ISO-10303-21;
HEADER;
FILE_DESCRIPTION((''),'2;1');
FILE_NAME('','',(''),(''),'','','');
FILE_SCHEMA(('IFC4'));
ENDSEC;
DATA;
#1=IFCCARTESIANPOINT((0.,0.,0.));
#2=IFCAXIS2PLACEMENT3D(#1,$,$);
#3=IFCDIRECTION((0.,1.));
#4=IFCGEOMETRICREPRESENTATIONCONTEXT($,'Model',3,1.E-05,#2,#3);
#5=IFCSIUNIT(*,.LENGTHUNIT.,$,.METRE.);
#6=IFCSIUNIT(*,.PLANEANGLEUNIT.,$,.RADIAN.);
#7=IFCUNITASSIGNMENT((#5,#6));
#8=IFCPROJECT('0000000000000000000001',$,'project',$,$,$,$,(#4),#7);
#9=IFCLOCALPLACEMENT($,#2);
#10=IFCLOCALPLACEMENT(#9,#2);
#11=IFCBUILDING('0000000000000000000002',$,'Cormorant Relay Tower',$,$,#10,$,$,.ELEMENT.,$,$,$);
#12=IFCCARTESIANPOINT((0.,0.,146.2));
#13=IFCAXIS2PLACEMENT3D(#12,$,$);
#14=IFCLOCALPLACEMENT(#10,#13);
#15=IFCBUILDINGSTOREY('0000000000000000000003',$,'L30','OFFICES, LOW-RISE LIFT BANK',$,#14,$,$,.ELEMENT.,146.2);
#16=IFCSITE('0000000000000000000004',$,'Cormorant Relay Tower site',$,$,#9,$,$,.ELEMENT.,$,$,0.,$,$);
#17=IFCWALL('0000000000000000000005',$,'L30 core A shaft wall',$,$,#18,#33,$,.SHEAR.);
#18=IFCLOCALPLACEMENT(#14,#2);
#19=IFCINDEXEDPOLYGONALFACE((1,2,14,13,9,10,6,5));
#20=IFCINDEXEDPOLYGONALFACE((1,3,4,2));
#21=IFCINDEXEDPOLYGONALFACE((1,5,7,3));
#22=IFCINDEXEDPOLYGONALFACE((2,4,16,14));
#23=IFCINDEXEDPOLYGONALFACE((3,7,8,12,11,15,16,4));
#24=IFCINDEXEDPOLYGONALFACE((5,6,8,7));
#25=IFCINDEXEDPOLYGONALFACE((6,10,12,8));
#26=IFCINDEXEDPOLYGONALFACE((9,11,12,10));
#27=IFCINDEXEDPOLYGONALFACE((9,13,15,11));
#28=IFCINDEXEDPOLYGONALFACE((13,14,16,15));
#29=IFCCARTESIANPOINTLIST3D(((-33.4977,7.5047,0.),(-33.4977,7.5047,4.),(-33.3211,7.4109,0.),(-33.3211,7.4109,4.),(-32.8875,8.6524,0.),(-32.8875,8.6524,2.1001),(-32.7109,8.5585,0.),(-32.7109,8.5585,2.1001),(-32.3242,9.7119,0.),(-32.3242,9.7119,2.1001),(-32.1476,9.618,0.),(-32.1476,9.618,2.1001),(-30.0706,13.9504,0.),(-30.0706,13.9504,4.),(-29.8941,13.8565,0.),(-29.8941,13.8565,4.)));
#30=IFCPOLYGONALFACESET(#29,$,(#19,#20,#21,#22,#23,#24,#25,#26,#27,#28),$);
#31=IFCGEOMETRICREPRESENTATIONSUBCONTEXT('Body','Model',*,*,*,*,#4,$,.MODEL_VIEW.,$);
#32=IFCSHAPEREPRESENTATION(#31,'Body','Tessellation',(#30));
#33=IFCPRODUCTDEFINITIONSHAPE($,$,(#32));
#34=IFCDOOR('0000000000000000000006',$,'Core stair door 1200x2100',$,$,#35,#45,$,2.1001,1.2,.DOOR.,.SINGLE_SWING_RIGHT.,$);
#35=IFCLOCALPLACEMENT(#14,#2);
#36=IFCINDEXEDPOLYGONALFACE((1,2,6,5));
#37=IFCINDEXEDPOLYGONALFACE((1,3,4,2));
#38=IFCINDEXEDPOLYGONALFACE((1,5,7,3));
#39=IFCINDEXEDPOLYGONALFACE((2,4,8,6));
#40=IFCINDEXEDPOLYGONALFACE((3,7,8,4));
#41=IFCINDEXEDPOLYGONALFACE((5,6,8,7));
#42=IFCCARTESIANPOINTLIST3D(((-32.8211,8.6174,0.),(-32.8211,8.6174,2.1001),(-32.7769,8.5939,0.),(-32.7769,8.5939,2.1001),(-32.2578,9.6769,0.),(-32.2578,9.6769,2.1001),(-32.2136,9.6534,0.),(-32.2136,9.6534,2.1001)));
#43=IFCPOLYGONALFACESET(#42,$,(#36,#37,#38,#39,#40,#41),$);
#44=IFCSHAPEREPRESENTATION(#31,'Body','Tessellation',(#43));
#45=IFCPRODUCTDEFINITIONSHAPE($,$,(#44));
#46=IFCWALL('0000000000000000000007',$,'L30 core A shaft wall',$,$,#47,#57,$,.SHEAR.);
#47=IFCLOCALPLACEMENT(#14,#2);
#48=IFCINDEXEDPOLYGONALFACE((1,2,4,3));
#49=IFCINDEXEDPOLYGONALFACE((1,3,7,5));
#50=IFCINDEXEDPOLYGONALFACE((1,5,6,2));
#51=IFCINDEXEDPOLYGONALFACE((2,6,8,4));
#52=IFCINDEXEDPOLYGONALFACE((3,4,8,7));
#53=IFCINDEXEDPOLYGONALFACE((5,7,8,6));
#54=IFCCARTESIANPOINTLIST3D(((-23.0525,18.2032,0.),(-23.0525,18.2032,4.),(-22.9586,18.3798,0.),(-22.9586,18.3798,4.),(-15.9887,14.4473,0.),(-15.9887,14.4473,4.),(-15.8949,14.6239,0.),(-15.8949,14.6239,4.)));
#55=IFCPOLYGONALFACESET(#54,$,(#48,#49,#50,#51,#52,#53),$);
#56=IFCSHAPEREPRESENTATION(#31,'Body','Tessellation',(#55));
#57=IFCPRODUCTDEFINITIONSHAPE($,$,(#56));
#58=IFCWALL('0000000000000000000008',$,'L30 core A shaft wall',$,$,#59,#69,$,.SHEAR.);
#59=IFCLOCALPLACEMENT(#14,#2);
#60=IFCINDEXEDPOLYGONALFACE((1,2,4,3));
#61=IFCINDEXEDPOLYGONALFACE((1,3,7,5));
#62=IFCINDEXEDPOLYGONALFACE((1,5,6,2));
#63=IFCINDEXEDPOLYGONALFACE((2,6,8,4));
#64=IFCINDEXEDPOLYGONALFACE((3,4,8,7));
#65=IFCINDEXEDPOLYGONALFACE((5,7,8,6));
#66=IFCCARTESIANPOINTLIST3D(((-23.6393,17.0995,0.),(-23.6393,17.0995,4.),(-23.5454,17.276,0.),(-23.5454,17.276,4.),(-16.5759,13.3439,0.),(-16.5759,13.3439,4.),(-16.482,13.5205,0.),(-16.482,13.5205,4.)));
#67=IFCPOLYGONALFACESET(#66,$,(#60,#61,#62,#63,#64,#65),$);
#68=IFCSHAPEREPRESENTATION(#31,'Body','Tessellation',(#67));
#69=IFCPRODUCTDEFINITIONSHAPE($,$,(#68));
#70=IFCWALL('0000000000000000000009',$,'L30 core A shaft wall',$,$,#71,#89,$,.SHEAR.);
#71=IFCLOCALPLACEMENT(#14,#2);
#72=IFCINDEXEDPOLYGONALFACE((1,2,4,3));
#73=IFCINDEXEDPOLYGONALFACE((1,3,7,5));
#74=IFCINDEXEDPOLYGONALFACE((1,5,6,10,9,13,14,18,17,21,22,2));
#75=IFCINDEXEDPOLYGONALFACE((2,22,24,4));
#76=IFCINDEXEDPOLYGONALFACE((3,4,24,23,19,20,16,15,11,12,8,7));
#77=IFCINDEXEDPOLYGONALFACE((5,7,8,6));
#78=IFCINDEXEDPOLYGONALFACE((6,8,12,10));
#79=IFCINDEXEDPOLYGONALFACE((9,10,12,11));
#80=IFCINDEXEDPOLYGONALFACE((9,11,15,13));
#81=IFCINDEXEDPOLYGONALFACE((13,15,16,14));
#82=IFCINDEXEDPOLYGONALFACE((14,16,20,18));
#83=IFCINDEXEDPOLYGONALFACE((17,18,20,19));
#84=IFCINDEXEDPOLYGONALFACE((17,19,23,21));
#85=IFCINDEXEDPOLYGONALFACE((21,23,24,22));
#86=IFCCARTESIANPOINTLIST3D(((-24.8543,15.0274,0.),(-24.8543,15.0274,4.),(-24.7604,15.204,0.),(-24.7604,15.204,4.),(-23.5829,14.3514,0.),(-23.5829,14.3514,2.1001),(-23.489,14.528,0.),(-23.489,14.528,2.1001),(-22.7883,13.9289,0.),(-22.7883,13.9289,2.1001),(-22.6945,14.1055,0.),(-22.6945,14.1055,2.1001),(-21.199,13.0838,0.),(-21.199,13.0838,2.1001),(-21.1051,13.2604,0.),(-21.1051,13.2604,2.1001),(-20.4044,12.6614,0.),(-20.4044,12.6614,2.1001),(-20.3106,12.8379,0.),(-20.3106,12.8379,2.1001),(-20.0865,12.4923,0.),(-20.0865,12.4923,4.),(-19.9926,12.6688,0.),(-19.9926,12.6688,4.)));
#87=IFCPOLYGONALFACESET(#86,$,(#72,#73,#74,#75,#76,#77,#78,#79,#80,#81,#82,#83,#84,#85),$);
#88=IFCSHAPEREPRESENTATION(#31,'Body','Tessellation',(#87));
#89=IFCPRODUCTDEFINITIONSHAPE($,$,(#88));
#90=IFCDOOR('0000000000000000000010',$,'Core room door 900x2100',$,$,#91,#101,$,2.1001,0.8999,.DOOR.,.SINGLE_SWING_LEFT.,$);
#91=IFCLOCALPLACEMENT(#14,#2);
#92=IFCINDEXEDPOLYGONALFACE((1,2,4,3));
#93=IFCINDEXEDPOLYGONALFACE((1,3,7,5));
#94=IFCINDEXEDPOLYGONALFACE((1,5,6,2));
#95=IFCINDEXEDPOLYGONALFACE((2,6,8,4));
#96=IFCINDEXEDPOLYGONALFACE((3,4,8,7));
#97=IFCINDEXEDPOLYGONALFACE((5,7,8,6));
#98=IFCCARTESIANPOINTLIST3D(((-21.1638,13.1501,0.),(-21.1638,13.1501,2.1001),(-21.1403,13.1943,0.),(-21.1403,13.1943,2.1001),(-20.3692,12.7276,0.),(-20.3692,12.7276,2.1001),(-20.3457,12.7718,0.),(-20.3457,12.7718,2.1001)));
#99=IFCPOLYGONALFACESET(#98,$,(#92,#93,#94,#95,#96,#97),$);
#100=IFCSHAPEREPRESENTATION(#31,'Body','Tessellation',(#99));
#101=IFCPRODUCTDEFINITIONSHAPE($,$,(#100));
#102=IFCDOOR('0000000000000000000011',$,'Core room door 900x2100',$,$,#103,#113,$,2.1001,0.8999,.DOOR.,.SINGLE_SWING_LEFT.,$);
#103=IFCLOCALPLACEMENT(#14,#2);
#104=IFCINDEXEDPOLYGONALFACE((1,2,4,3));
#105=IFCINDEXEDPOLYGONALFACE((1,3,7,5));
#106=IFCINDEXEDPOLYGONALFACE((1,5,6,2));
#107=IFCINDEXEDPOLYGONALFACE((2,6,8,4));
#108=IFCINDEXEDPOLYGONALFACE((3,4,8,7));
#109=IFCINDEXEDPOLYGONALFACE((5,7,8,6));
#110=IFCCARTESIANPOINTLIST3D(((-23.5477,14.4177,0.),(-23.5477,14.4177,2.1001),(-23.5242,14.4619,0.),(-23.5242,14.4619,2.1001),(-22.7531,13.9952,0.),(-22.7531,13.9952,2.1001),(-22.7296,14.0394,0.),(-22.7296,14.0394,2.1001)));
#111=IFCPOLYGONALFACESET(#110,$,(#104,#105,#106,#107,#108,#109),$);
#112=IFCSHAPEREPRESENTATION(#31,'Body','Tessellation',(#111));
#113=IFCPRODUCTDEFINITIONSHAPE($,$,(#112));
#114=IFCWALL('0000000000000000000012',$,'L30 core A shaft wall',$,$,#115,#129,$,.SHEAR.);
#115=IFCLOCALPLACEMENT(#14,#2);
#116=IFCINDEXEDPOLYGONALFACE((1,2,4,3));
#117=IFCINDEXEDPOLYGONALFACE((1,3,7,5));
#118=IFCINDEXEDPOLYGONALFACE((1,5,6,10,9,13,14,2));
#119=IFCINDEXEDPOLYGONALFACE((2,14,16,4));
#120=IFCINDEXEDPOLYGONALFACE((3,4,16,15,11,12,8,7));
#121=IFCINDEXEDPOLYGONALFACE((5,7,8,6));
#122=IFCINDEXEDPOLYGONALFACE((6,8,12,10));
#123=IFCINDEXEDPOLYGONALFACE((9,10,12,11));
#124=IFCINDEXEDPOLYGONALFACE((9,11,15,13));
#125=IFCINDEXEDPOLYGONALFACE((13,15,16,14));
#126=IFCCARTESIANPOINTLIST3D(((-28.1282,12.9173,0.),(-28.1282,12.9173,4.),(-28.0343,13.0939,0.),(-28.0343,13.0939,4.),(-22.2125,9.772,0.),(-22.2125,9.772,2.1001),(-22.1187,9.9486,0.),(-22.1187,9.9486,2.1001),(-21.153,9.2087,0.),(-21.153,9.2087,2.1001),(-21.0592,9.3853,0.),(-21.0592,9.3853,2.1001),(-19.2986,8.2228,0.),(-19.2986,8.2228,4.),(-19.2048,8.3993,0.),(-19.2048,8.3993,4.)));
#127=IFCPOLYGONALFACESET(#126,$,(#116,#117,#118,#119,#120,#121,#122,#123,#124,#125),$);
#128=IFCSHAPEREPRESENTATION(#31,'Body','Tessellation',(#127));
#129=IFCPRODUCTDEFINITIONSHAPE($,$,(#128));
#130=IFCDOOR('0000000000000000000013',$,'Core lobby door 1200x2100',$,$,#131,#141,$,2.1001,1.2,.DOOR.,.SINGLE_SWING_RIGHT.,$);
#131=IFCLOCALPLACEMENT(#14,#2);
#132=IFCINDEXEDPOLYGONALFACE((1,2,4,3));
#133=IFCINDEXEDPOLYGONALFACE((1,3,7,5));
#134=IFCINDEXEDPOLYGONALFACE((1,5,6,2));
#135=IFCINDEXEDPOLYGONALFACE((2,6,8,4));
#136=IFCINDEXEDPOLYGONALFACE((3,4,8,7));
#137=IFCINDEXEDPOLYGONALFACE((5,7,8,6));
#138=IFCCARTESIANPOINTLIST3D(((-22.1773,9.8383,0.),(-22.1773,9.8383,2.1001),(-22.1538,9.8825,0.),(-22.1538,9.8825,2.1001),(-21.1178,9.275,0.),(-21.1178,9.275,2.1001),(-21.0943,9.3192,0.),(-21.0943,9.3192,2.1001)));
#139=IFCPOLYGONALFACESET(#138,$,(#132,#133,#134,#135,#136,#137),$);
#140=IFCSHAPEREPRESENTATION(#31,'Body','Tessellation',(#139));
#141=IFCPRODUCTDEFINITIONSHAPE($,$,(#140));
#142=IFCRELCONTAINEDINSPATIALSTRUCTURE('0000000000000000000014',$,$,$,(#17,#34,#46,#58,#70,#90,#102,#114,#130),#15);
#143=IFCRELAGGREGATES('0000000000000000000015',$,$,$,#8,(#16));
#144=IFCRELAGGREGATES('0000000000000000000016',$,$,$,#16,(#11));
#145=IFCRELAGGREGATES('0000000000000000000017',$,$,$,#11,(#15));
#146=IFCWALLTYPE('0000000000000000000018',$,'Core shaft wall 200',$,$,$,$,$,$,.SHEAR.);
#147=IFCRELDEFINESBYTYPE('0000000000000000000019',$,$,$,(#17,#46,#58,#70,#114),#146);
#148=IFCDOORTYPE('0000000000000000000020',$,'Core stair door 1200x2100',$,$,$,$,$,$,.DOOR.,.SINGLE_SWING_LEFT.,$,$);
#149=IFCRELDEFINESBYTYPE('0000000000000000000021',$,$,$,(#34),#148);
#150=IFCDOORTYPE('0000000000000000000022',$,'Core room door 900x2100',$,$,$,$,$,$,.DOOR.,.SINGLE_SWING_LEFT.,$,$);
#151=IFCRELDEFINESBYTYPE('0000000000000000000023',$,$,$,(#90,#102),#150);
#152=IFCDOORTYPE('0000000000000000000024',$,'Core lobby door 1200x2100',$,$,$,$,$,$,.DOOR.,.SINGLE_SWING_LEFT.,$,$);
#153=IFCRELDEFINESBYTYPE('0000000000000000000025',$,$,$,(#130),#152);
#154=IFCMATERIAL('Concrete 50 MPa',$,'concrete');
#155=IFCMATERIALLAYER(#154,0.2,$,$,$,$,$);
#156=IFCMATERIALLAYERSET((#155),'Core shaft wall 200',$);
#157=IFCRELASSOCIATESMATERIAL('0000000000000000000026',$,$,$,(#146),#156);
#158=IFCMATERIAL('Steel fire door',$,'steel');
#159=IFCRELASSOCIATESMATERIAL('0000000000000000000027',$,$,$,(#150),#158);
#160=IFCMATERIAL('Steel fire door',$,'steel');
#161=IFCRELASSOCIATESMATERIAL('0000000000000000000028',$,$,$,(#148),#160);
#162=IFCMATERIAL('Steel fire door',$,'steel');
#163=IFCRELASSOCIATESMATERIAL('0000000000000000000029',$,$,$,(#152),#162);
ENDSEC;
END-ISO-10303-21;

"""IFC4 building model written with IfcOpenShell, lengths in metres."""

from ifc_helpers import new_model, si_unit, direction, frame, frame_2d, origin, place, context, subcontext, project, spatial, rectangle, extrude, material, layer, layer_set, type_object, element, fill, save


model = new_model("IFC4")

# Units and contexts
model_context = context("Model", 3, precision=1e-05, world=origin(), true_north=direction((0.0, 1.0)))
body_context = subcontext(model_context, "Body", "Model", "MODEL_VIEW")
ifc_project = project(units=[si_unit("LENGTHUNIT", "METRE"), si_unit("PLANEANGLEUNIT", "RADIAN")], contexts=[model_context])

# Site, building, storey
site_placement = place(None, origin())
site = spatial("IfcSite", under=ifc_project, at=site_placement, Name="Cormorant Relay Tower site", CompositionType="ELEMENT", RefElevation=0.0)
building_placement = place(site_placement, origin())
building = spatial("IfcBuilding", under=site, at=building_placement, Name="Cormorant Relay Tower", CompositionType="ELEMENT")
storey_placement = place(building_placement, frame((0.0, 0.0, 146.2)))
storey = spatial("IfcBuildingStorey", under=building, at=storey_placement, Name="L30", Description="OFFICES, LOW-RISE LIFT BANK", CompositionType="ELEMENT", Elevation=146.2)

# Shared definitions
ifc_material_1 = material(Name="Concrete 50 MPa", Category="concrete")
ifc_layer_1 = layer(ifc_material_1, 0.2)
ifc_layer_set_1 = layer_set([ifc_layer_1], Name="Core shaft wall 200")
wall_type_1 = type_object("IfcWallType", Name="Core shaft wall 200", PredefinedType="SHEAR", material=ifc_layer_set_1)

# Shared definitions
ifc_material_2 = material(Name="Steel fire door", Category="steel")
door_type_1 = type_object("IfcDoorType", Name="Core room door 900x2100", OperationType="SINGLE_SWING_LEFT", PredefinedType="DOOR", material=ifc_material_2)

# Wall, opening, door
wall_1_placement = place(storey_placement, frame((-29.9824, 13.9033, 0.0), z_axis=(0.0, 0.0, 1.0), x_axis=(-0.469454, -0.882957, 0.0)))
wall_1 = element("IfcWall", 1, at=wall_1_placement, inside=storey, type_object=wall_type_1, Name="L30 core A shaft wall", PredefinedType="SHEAR", context=body_context, shape_type="SweptSolid", body=[
    extrude(rectangle(XDim=7.3, YDim=0.2, at=frame_2d((3.6499, 0.0))), origin(), (0.0, 0.0, 1.0), 4.0),
])
opening_1_placement = place(wall_1_placement, frame((4.8, 0.0, 0.0)))
opening_1 = element("IfcOpeningElement", 2, at=opening_1_placement, cuts=wall_1, PredefinedType="OPENING", context=body_context, shape_type="SweptSolid", body=[
    extrude(rectangle(XDim=1.2, YDim=2.1001, at=frame_2d((0.6001, 1.05))), frame((0.0, 0.1099, 0.0), z_axis=(0.0, -1.0, 0.0), x_axis=(1.0, 0.0, 0.0)), (0.0, 0.0, 1.0), 0.22),
])
ifc_material_3 = material(Name="Steel fire door", Category="steel")
door_type_2 = type_object("IfcDoorType", Name="Core stair door 1200x2100", OperationType="SINGLE_SWING_LEFT", PredefinedType="DOOR", material=ifc_material_3)
door_1_placement = place(opening_1_placement, frame((1.2, 0.0, 0.0), z_axis=(0.0, 0.0, 1.0), x_axis=(-1.0, 0.0, 0.0)))
door_1 = element("IfcDoor", 3, at=door_1_placement, inside=storey, type_object=door_type_2, Name="Core stair door 1200x2100", OperationType="SINGLE_SWING_RIGHT", OverallHeight=2.1001, OverallWidth=1.2, PredefinedType="DOOR", context=body_context, shape_type="SweptSolid", body=[
    extrude(rectangle(XDim=1.2, YDim=2.1001, at=frame_2d((0.6001, 1.05))), frame((0.0, 0.0249, 0.0), z_axis=(0.0, -1.0, 0.0), x_axis=(1.0, 0.0, 0.0)), (0.0, 0.0, 1.0), 0.05),
])
fill(opening_1, door_1)

# Walls
wall_2_placement = place(storey_placement, frame((-15.9419, 14.5356, 0.0), z_axis=(0.0, 0.0, 1.0), x_axis=(-0.882947, 0.469473, 0.0)))
element("IfcWall", 4, at=wall_2_placement, inside=storey, type_object=wall_type_1, Name="L30 core A shaft wall", PredefinedType="SHEAR", context=body_context, shape_type="SweptSolid", body=[
    extrude(rectangle(XDim=8.0002, YDim=0.2, at=frame_2d((4.0, 0.0))), origin(), (0.0, 0.0, 1.0), 4.0),
])
wall_3_placement = place(storey_placement, frame((-16.5288, 13.4321, 0.0), z_axis=(0.0, 0.0, 1.0), x_axis=(-0.882953, 0.469462, 0.0)))
element("IfcWall", 5, at=wall_3_placement, inside=storey, type_object=wall_type_1, Name="L30 core A shaft wall", PredefinedType="SHEAR", context=body_context, shape_type="SweptSolid", body=[
    extrude(rectangle(XDim=7.9998, YDim=0.2, at=frame_2d((4.0, 0.0))), origin(), (0.0, 0.0, 1.0), 4.0),
])

# Wall, openings, doors
wall_4_placement = place(storey_placement, frame((-20.0396, 12.5806, 0.0), z_axis=(0.0, 0.0, 1.0), x_axis=(-0.882943, 0.46948, 0.0)))
wall_4 = element("IfcWall", 6, at=wall_4_placement, inside=storey, type_object=wall_type_1, Name="L30 core A shaft wall", PredefinedType="SHEAR", context=body_context, shape_type="SweptSolid", body=[
    extrude(rectangle(XDim=5.3999, YDim=0.2, at=frame_2d((2.7, 0.0))), origin(), (0.0, 0.0, 1.0), 4.0),
])
opening_2_placement = place(wall_4_placement, frame((0.3601, 0.0, 0.0)))
opening_2 = element("IfcOpeningElement", 7, at=opening_2_placement, cuts=wall_4, PredefinedType="OPENING", context=body_context, shape_type="SweptSolid", body=[
    extrude(rectangle(XDim=0.8999, YDim=2.1001, at=frame_2d((0.45, 1.05))), frame((0.0, 0.1099, 0.0), z_axis=(0.0, -1.0, 0.0), x_axis=(1.0, 0.0, 0.0)), (0.0, 0.0, 1.0), 0.22),
])
opening_3_placement = place(wall_4_placement, frame((3.0601, 0.0, 0.0)))
opening_3 = element("IfcOpeningElement", 8, at=opening_3_placement, cuts=wall_4, PredefinedType="OPENING", context=body_context, shape_type="SweptSolid", body=[
    extrude(rectangle(XDim=0.8999, YDim=2.1001, at=frame_2d((0.45, 1.05))), frame((0.0, 0.1099, 0.0), z_axis=(0.0, -1.0, 0.0), x_axis=(1.0, 0.0, 0.0)), (0.0, 0.0, 1.0), 0.22),
])
door_2_placement = place(opening_2_placement, origin())
door_2 = element("IfcDoor", 9, at=door_2_placement, inside=storey, type_object=door_type_1, Name="Core room door 900x2100", OperationType="SINGLE_SWING_LEFT", OverallHeight=2.1001, OverallWidth=0.8999, PredefinedType="DOOR", context=body_context, shape_type="SweptSolid", body=[
    extrude(rectangle(XDim=0.8999, YDim=2.1001, at=frame_2d((0.45, 1.05))), frame((0.0, 0.0249, 0.0), z_axis=(0.0, -1.0, 0.0), x_axis=(1.0, 0.0, 0.0)), (0.0, 0.0, 1.0), 0.05),
])
fill(opening_2, door_2)
door_3_placement = place(opening_3_placement, origin())
door_3 = element("IfcDoor", 10, at=door_3_placement, inside=storey, type_object=door_type_1, Name="Core room door 900x2100", OperationType="SINGLE_SWING_LEFT", OverallHeight=2.1001, OverallWidth=0.8999, PredefinedType="DOOR", context=body_context, shape_type="SweptSolid", body=[
    extrude(rectangle(XDim=0.8999, YDim=2.1001, at=frame_2d((0.45, 1.05))), frame((0.0, 0.0249, 0.0), z_axis=(0.0, -1.0, 0.0), x_axis=(1.0, 0.0, 0.0)), (0.0, 0.0, 1.0), 0.05),
])
fill(opening_3, door_3)

# Wall, opening, door
wall_5_placement = place(storey_placement, frame((-19.2517, 8.311, 0.0), z_axis=(0.0, 0.0, 1.0), x_axis=(-0.882956, 0.469456, 0.0)))
wall_5 = element("IfcWall", 11, at=wall_5_placement, inside=storey, type_object=wall_type_1, Name="L30 core A shaft wall", PredefinedType="SHEAR", context=body_context, shape_type="SweptSolid", body=[
    extrude(rectangle(XDim=10.0, YDim=0.2, at=frame_2d((5.0, 0.0))), origin(), (0.0, 0.0, 1.0), 4.0),
])
opening_4_placement = place(wall_5_placement, frame((2.1001, 0.0, 0.0)))
opening_4 = element("IfcOpeningElement", 12, at=opening_4_placement, cuts=wall_5, PredefinedType="OPENING", context=body_context, shape_type="SweptSolid", body=[
    extrude(rectangle(XDim=1.2, YDim=2.1001, at=frame_2d((0.6001, 1.05))), frame((0.0, 0.1099, 0.0), z_axis=(0.0, -1.0, 0.0), x_axis=(1.0, 0.0, 0.0)), (0.0, 0.0, 1.0), 0.22),
])
ifc_material_4 = material(Name="Steel fire door", Category="steel")
door_type_3 = type_object("IfcDoorType", Name="Core lobby door 1200x2100", OperationType="SINGLE_SWING_LEFT", PredefinedType="DOOR", material=ifc_material_4)
door_4_placement = place(opening_4_placement, origin())
door_4 = element("IfcDoor", 13, at=door_4_placement, inside=storey, type_object=door_type_3, Name="Core lobby door 1200x2100", OperationType="SINGLE_SWING_RIGHT", OverallHeight=2.1001, OverallWidth=1.2, PredefinedType="DOOR", context=body_context, shape_type="SweptSolid", body=[
    extrude(rectangle(XDim=1.2, YDim=2.1001, at=frame_2d((0.6001, 1.05))), frame((0.0, 0.0249, 0.0), z_axis=(0.0, -1.0, 0.0), x_axis=(1.0, 0.0, 0.0)), (0.0, 0.0, 1.0), 0.05),
])
fill(opening_4, door_4)

save(model, "model.ifc")
